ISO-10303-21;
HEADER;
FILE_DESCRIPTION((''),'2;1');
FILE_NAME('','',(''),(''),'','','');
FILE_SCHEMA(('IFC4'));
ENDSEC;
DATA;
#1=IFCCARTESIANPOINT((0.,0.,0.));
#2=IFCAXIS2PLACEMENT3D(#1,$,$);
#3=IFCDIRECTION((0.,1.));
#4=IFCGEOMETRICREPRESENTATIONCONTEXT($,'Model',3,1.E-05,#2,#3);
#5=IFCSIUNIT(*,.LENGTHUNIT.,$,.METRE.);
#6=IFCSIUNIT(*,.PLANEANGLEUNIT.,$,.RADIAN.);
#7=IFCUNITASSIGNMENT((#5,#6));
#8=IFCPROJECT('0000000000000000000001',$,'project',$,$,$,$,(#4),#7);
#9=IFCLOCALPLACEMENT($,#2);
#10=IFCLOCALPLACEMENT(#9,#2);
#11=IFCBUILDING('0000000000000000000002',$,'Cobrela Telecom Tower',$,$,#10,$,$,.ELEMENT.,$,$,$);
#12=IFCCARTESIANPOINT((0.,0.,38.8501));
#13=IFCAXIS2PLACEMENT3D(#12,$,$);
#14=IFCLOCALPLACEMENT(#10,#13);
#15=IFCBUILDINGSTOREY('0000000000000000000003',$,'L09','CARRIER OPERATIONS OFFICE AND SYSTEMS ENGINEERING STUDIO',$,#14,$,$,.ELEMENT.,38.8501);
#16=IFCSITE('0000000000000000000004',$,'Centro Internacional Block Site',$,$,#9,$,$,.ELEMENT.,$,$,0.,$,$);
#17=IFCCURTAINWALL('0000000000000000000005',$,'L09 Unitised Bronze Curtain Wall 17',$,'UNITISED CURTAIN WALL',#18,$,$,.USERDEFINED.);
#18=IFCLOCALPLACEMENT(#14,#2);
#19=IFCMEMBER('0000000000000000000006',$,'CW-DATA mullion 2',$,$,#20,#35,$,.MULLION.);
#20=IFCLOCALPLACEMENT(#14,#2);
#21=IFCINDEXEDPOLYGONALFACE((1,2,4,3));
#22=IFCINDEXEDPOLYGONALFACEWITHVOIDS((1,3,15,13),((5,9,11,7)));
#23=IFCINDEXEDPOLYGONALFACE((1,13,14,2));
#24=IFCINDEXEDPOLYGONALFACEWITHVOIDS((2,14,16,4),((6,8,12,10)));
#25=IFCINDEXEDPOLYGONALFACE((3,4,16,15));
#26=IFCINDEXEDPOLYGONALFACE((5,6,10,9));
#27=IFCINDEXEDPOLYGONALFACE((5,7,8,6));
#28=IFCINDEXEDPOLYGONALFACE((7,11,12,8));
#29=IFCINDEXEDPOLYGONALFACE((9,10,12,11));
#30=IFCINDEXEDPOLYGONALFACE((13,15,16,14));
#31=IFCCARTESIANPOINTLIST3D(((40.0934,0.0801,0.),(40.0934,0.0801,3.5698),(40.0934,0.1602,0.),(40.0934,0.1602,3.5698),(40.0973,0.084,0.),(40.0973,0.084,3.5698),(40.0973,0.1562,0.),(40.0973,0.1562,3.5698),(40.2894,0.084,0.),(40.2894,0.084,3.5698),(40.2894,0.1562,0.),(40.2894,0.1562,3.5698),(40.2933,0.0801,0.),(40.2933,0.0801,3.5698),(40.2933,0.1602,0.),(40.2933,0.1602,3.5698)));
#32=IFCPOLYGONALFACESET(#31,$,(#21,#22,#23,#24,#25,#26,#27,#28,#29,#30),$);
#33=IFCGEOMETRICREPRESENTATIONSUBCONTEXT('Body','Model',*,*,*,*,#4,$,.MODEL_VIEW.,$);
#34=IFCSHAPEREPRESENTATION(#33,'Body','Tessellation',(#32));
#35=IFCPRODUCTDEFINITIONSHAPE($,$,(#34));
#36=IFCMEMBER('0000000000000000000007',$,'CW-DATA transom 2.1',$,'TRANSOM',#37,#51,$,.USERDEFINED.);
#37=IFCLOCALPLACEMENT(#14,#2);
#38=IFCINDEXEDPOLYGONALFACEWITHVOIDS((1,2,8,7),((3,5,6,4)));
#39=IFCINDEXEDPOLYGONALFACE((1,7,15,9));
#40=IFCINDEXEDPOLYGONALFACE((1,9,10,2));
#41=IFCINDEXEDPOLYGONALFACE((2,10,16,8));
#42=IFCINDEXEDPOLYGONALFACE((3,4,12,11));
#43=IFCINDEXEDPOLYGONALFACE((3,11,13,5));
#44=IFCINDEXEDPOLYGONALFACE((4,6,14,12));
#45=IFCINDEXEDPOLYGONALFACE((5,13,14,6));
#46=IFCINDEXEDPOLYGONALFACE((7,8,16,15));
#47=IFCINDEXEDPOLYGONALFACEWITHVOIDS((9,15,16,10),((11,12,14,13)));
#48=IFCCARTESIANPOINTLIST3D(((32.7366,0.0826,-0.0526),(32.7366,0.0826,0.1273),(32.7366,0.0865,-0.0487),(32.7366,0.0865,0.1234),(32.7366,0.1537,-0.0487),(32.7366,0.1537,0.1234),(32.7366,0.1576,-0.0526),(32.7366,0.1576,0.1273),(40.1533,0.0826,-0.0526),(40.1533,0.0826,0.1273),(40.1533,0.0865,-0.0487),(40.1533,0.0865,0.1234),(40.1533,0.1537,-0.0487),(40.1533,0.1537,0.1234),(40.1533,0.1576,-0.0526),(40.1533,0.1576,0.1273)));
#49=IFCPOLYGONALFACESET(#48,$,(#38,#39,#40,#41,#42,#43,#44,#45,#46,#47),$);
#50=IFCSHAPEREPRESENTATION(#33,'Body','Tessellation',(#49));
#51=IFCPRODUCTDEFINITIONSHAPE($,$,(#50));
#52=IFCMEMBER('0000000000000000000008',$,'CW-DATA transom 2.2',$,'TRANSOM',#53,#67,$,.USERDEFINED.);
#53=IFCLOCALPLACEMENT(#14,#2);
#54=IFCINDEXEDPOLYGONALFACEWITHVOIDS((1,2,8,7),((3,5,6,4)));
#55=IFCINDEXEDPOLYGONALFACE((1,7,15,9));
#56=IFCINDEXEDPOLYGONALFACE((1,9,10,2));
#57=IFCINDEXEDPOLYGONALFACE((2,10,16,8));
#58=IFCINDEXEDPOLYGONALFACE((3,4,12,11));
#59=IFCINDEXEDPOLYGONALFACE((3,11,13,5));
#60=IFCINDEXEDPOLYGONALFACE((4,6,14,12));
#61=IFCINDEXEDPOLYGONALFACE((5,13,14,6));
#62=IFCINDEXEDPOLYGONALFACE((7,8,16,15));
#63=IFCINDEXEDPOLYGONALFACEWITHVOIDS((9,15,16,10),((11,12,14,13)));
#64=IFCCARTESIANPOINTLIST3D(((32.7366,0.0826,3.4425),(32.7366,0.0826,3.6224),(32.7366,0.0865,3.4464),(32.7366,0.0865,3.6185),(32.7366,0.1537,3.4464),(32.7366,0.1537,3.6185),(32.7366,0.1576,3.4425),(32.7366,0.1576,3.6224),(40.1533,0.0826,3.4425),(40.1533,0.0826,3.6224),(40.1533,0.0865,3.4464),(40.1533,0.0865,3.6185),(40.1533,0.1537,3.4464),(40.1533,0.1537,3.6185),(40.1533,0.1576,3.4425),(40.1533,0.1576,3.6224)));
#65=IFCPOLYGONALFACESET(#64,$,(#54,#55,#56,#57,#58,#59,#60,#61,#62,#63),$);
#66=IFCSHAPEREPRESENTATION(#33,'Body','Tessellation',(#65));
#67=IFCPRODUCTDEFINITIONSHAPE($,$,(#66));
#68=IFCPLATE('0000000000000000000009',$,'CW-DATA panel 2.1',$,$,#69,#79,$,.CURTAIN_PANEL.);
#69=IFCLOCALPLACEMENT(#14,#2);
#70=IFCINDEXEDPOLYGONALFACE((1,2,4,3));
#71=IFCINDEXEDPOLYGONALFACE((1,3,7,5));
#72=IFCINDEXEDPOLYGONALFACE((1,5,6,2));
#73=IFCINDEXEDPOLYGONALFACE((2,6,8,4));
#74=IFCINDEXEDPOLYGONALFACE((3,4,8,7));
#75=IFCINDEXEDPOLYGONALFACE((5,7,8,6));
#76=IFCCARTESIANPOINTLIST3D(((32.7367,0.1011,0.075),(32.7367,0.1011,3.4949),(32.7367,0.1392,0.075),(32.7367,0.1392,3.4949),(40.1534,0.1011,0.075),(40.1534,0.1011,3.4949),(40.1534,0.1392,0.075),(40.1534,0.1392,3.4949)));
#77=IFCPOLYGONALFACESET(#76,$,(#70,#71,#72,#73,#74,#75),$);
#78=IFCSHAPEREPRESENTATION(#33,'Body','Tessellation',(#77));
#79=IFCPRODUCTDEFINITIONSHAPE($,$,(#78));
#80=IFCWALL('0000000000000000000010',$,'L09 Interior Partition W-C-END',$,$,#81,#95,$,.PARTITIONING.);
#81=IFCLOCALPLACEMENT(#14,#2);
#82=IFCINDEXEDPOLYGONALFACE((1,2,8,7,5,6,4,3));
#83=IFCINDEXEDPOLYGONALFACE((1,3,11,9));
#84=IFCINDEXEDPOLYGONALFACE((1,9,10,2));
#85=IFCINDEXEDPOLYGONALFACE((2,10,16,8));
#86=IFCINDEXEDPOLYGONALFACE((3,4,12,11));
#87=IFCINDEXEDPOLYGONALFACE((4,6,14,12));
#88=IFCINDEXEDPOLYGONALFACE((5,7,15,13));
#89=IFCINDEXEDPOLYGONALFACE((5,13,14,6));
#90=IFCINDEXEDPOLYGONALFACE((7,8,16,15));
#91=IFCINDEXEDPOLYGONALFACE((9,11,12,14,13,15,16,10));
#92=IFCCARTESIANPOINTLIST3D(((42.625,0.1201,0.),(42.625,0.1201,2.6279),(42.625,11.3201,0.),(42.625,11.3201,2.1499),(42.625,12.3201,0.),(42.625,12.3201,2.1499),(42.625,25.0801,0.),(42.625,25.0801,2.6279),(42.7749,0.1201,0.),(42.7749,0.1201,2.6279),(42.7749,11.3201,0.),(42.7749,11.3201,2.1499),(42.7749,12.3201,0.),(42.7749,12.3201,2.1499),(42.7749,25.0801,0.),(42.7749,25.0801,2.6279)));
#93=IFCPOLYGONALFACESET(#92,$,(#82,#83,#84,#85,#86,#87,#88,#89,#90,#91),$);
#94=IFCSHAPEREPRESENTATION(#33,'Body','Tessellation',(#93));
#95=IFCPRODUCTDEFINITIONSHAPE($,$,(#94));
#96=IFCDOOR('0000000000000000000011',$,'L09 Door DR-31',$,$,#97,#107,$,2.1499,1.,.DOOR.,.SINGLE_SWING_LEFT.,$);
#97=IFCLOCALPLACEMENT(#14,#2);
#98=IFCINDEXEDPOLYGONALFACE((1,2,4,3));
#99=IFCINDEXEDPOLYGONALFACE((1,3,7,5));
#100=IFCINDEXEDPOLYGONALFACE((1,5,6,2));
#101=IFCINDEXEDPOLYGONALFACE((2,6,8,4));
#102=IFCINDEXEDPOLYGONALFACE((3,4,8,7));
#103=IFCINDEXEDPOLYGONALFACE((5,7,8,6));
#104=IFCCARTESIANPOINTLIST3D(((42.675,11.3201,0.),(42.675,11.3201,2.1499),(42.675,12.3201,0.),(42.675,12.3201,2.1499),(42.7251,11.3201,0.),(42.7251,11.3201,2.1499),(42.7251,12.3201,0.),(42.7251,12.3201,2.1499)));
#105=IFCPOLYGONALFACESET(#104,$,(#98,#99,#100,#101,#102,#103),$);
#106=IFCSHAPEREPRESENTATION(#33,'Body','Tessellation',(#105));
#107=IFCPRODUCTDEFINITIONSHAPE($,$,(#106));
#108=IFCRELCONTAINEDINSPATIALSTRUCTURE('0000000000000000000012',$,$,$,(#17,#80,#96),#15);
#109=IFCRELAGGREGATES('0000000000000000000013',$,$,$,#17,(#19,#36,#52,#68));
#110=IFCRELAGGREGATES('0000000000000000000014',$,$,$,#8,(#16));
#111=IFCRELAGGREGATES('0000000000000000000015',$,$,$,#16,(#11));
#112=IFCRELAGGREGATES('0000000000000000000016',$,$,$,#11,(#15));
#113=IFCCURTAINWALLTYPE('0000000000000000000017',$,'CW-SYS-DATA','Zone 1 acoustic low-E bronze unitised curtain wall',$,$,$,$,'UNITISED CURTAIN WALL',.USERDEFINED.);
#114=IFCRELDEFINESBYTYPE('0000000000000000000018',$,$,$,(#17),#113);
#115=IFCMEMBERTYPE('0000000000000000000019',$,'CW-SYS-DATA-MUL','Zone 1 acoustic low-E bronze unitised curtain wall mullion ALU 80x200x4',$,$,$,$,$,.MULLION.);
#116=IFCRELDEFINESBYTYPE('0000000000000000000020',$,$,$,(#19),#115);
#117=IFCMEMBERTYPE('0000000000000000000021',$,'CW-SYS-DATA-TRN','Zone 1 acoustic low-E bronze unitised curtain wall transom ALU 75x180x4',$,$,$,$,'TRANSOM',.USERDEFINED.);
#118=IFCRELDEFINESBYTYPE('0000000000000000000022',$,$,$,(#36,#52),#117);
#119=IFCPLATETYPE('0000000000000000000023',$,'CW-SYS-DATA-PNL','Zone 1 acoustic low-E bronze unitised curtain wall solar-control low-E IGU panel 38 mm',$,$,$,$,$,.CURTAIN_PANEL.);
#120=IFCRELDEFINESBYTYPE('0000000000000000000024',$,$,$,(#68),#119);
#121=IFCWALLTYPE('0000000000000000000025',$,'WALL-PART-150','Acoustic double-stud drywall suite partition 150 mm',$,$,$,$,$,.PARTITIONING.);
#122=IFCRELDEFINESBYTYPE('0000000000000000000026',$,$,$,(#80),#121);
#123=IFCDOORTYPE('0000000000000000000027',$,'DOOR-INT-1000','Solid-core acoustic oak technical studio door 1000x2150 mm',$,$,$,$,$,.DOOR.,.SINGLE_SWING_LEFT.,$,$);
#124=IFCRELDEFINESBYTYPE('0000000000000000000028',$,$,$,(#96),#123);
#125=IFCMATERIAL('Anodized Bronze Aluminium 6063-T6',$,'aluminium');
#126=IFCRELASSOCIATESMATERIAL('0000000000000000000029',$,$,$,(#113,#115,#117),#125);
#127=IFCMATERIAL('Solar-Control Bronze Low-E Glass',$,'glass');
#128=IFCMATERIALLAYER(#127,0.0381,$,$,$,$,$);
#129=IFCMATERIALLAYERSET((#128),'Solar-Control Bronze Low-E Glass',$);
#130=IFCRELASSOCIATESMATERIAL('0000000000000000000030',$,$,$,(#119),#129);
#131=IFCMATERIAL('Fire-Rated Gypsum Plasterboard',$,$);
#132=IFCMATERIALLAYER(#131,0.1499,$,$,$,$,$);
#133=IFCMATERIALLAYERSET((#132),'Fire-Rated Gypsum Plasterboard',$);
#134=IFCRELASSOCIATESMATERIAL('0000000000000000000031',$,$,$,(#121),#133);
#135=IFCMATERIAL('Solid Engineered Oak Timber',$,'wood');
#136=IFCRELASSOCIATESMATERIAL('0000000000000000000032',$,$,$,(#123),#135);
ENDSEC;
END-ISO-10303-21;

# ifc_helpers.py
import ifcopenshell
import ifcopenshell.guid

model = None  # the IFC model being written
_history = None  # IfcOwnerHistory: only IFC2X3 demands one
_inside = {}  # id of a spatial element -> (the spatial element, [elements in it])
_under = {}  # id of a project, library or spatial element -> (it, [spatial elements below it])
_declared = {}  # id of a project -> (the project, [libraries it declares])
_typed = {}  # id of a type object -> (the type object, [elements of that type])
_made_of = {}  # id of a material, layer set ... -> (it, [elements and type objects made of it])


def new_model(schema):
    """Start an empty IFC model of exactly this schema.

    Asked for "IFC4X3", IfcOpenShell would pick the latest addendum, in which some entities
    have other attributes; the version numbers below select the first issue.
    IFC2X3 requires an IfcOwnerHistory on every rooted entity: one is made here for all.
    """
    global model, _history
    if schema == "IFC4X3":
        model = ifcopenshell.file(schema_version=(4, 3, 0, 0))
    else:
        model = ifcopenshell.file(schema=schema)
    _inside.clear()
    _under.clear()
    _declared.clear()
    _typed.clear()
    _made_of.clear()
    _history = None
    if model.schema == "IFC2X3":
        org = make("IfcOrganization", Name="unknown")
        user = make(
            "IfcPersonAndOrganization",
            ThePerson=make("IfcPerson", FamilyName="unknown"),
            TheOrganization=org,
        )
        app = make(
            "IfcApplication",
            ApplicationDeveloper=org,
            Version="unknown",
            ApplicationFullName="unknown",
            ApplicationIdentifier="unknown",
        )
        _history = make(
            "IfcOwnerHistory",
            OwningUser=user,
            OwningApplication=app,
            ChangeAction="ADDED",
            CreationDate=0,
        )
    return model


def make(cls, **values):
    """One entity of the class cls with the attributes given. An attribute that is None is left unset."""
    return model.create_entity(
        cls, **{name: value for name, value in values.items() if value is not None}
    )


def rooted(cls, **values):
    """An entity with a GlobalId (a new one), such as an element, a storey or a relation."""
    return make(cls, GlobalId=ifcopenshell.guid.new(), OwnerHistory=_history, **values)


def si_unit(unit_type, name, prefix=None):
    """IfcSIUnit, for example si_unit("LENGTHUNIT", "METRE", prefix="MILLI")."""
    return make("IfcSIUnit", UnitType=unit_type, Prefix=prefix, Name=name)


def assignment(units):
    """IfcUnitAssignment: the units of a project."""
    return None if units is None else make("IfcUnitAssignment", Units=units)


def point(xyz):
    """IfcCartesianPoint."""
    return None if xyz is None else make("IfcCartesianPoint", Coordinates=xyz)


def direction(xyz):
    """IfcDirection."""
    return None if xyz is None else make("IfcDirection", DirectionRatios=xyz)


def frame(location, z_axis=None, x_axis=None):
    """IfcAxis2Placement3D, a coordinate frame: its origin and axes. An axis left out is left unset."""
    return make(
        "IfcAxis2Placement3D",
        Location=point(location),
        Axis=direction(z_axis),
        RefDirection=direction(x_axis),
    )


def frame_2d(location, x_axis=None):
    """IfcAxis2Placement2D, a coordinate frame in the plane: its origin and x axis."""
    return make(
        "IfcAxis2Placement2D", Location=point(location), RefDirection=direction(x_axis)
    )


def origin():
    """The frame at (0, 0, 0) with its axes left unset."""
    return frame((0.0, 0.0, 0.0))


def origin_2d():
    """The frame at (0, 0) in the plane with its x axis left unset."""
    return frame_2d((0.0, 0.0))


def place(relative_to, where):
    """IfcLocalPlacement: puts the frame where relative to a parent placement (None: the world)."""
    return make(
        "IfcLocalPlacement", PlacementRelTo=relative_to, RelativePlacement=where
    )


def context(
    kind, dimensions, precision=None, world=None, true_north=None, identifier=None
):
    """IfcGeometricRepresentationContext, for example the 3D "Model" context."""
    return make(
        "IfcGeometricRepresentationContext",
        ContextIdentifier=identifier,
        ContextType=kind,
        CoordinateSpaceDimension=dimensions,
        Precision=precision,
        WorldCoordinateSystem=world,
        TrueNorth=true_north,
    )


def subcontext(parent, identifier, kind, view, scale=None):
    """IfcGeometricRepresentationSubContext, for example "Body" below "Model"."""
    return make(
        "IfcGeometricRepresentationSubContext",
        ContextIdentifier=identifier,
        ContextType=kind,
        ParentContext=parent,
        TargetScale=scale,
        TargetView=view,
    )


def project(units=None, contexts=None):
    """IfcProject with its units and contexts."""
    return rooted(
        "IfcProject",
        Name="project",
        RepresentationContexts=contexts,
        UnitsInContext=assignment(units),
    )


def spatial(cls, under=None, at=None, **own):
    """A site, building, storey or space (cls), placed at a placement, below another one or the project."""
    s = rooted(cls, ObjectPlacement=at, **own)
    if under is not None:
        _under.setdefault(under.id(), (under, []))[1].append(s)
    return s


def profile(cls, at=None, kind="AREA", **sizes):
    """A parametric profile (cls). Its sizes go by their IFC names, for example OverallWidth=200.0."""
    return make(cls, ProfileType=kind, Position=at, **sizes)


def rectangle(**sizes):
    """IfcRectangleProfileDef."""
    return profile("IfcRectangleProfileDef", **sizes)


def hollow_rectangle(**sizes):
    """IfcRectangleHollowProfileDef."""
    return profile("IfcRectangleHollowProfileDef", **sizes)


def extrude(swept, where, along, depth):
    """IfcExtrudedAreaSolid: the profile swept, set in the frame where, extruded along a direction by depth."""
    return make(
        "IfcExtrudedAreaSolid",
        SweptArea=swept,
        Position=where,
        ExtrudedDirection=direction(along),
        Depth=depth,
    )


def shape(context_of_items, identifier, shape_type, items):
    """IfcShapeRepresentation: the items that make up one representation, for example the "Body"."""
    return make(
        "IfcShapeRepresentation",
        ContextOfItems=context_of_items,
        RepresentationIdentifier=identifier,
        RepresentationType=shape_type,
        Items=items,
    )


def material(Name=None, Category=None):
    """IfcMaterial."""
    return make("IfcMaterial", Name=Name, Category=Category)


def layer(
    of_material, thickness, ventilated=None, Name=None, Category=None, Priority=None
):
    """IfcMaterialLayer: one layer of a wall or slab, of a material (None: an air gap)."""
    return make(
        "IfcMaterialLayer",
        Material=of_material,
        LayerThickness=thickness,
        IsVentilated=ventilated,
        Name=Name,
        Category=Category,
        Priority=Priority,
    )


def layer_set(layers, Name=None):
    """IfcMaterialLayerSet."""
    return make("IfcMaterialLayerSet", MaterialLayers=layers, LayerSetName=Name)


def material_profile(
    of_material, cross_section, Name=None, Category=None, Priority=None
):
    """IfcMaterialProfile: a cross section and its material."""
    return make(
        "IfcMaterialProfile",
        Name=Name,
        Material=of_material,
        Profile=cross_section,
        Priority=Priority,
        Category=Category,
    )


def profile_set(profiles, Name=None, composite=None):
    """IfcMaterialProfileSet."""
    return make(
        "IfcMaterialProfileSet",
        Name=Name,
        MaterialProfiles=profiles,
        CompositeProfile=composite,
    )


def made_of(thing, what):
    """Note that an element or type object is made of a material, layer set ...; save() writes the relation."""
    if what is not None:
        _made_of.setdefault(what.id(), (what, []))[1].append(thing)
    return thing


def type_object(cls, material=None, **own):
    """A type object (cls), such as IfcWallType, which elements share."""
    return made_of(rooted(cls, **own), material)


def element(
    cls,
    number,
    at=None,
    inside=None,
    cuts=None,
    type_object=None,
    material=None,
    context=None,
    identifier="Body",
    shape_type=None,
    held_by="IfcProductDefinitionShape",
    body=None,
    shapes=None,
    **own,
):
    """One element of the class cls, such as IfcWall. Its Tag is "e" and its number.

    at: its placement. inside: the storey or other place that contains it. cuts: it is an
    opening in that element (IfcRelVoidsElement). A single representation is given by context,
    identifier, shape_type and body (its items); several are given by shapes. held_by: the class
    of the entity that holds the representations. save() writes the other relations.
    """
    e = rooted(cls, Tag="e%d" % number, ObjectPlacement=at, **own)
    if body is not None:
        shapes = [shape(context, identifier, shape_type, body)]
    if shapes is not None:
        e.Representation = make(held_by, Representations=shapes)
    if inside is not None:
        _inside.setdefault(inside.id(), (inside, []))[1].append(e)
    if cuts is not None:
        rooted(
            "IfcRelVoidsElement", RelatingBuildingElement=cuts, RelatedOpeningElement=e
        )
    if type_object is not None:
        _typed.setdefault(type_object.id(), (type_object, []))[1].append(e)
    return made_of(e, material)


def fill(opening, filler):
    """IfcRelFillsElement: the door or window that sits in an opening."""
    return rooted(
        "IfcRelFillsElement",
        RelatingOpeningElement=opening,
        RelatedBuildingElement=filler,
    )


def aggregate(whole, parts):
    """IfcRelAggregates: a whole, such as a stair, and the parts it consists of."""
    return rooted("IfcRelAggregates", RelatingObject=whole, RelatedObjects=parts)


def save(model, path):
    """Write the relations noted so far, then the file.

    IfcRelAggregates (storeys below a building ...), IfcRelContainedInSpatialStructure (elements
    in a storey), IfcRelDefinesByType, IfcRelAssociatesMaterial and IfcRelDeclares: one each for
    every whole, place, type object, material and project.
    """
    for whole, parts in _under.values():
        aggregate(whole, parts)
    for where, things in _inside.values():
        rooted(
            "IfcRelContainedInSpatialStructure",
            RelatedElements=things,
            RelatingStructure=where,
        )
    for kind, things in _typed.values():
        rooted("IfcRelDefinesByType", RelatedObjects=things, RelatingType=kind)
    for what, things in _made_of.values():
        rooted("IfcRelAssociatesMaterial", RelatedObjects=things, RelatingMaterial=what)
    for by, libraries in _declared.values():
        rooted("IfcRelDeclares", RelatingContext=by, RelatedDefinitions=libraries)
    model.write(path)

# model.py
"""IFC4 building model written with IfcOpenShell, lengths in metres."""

from ifc_helpers import new_model, si_unit, direction, frame, frame_2d, origin, origin_2d, place, context, subcontext, project, spatial, rectangle, hollow_rectangle, extrude, material, layer, layer_set, material_profile, profile_set, type_object, element, fill, aggregate, save


model = new_model("IFC4")

# Units and contexts
model_context = context("Model", 3, precision=1e-05, world=origin(), true_north=direction((0.0, 1.0)))
body_context = subcontext(model_context, "Body", "Model", "MODEL_VIEW")
ifc_project = project(units=[si_unit("LENGTHUNIT", "METRE"), si_unit("PLANEANGLEUNIT", "RADIAN")], contexts=[model_context])

# Site, building, storey
site_placement = place(None, origin())
site = spatial("IfcSite", under=ifc_project, at=site_placement, Name="Centro Internacional Block Site", CompositionType="ELEMENT", RefElevation=0.0)
building_placement = place(site_placement, origin())
building = spatial("IfcBuilding", under=site, at=building_placement, Name="Cobrela Telecom Tower", CompositionType="ELEMENT")
storey_placement = place(building_placement, frame((0.0, 0.0, 38.8501)))
storey = spatial("IfcBuildingStorey", under=building, at=storey_placement, Name="L09", Description="CARRIER OPERATIONS OFFICE AND SYSTEMS ENGINEERING STUDIO", CompositionType="ELEMENT", Elevation=38.8501)

# Curtain wall, members, plate
ifc_material_1 = material(Name="Anodized Bronze Aluminium 6063-T6", Category="aluminium")
curtain_wall_type = type_object("IfcCurtainWallType", Name="CW-SYS-DATA", Description="Zone 1 acoustic low-E bronze unitised curtain wall", ElementType="UNITISED CURTAIN WALL", PredefinedType="USERDEFINED", material=ifc_material_1)
curtain_wall_placement = place(storey_placement, origin())
curtain_wall = element("IfcCurtainWall", 1, at=curtain_wall_placement, inside=storey, type_object=curtain_wall_type, Name="L09 Unitised Bronze Curtain Wall 17", ObjectType="UNITISED CURTAIN WALL", PredefinedType="USERDEFINED")
ifc_material_profile_1 = material_profile(ifc_material_1, hollow_rectangle(XDim=0.0801, YDim=0.2, WallThickness=0.0039, at=origin_2d()), Name="ALU 80x200x4")
ifc_profile_set_1 = profile_set([ifc_material_profile_1], Name="Anodized Bronze Aluminium 6063-T6")
member_type_1 = type_object("IfcMemberType", Name="CW-SYS-DATA-MUL", Description="Zone 1 acoustic low-E bronze unitised curtain wall mullion ALU 80x200x4", PredefinedType="MULLION", material=ifc_profile_set_1)
member_1_placement = place(storey_placement, frame((40.1934, 0.1201, 0.0), z_axis=(0.0, 0.0, 1.0), x_axis=(0.0, -1.0, 0.0)))
member_1 = element("IfcMember", 2, at=member_1_placement, type_object=member_type_1, Name="CW-DATA mullion 2", PredefinedType="MULLION", context=body_context, shape_type="SweptSolid", body=[
    extrude(hollow_rectangle(XDim=0.0801, YDim=0.2, WallThickness=0.0039, at=origin_2d()), origin(), (0.0, 0.0, 1.0), 3.5698),
])
ifc_material_profile_2 = material_profile(ifc_material_1, hollow_rectangle(XDim=0.075, YDim=0.1799, WallThickness=0.0039, at=origin_2d()), Name="ALU 75x180x4")
ifc_profile_set_2 = profile_set([ifc_material_profile_2], Name="Anodized Bronze Aluminium 6063-T6")
member_type_2 = type_object("IfcMemberType", Name="CW-SYS-DATA-TRN", Description="Zone 1 acoustic low-E bronze unitised curtain wall transom ALU 75x180x4", ElementType="TRANSOM", PredefinedType="USERDEFINED", material=ifc_profile_set_2)
member_2_placement = place(storey_placement, frame((40.1533, 0.1201, 0.0374), z_axis=(-1.0, 0.0, 0.0), x_axis=(0.0, -1.0, 0.0)))
member_2 = element("IfcMember", 3, at=member_2_placement, type_object=member_type_2, Name="CW-DATA transom 2.1", ObjectType="TRANSOM", PredefinedType="USERDEFINED", context=body_context, shape_type="SweptSolid", body=[
    extrude(hollow_rectangle(XDim=0.075, YDim=0.1799, WallThickness=0.0039, at=origin_2d()), origin(), (0.0, 0.0, 1.0), 7.4167),
])
member_3_placement = place(storey_placement, frame((40.1533, 0.1201, 3.5325), z_axis=(-1.0, 0.0, 0.0), x_axis=(0.0, -1.0, 0.0)))
member_3 = element("IfcMember", 4, at=member_3_placement, type_object=member_type_2, Name="CW-DATA transom 2.2", ObjectType="TRANSOM", PredefinedType="USERDEFINED", context=body_context, shape_type="SweptSolid", body=[
    extrude(hollow_rectangle(XDim=0.075, YDim=0.1799, WallThickness=0.0039, at=origin_2d()), origin(), (0.0, 0.0, 1.0), 7.4167),
])
ifc_material_2 = material(Name="Solar-Control Bronze Low-E Glass", Category="glass")
ifc_layer_1 = layer(ifc_material_2, 0.0381)
ifc_layer_set_1 = layer_set([ifc_layer_1], Name="Solar-Control Bronze Low-E Glass")
plate_type = type_object("IfcPlateType", Name="CW-SYS-DATA-PNL", Description="Zone 1 acoustic low-E bronze unitised curtain wall solar-control low-E IGU panel 38 mm", PredefinedType="CURTAIN_PANEL", material=ifc_layer_set_1)
plate_placement = place(storey_placement, frame((36.4451, 0.1201, 0.075), z_axis=(0.0, 0.0, 1.0), x_axis=(-1.0, 0.0, 0.0)))
plate = element("IfcPlate", 5, at=plate_placement, type_object=plate_type, Name="CW-DATA panel 2.1", PredefinedType="CURTAIN_PANEL", context=body_context, shape_type="SweptSolid", body=[
    extrude(rectangle(XDim=7.4167, YDim=0.0381, at=origin_2d()), origin(), (0.0, 0.0, 1.0), 3.4199),
])
aggregate(curtain_wall, [member_1, member_2, member_3, plate])

# Wall, opening, door
ifc_material_3 = material(Name="Fire-Rated Gypsum Plasterboard")
ifc_layer_2 = layer(ifc_material_3, 0.1499)
ifc_layer_set_2 = layer_set([ifc_layer_2], Name="Fire-Rated Gypsum Plasterboard")
wall_type = type_object("IfcWallType", Name="WALL-PART-150", Description="Acoustic double-stud drywall suite partition 150 mm", PredefinedType="PARTITIONING", material=ifc_layer_set_2)
wall_placement = place(storey_placement, frame((42.7, 0.1201, 0.0), z_axis=(0.0, 0.0, 1.0), x_axis=(0.0, 1.0, 0.0)))
wall = element("IfcWall", 6, at=wall_placement, inside=storey, type_object=wall_type, Name="L09 Interior Partition W-C-END", PredefinedType="PARTITIONING", context=body_context, shape_type="SweptSolid", body=[
    extrude(rectangle(XDim=24.96, YDim=0.1499, at=frame_2d((12.48, 0.0))), origin(), (0.0, 0.0, 1.0), 2.6279),
])
opening_placement = place(wall_placement, frame((11.2, 0.0, 0.0)))
opening = element("IfcOpeningElement", 7, at=opening_placement, cuts=wall, PredefinedType="OPENING", context=body_context, shape_type="SweptSolid", body=[
    extrude(rectangle(XDim=1.0, YDim=2.1499, at=frame_2d((0.5, 1.075))), frame((0.0, 0.0869, 0.0), z_axis=(0.0, -1.0, 0.0), x_axis=(1.0, 0.0, 0.0)), (0.0, 0.0, 1.0), 0.1738),
])
ifc_material_4 = material(Name="Solid Engineered Oak Timber", Category="wood")
door_type = type_object("IfcDoorType", Name="DOOR-INT-1000", Description="Solid-core acoustic oak technical studio door 1000x2150 mm", OperationType="SINGLE_SWING_LEFT", PredefinedType="DOOR", material=ifc_material_4)
door_placement = place(opening_placement, origin())
door = element("IfcDoor", 8, at=door_placement, inside=storey, type_object=door_type, Name="L09 Door DR-31", OperationType="SINGLE_SWING_LEFT", OverallHeight=2.1499, OverallWidth=1.0, PredefinedType="DOOR", context=body_context, shape_type="SweptSolid", body=[
    extrude(rectangle(XDim=1.0, YDim=2.1499, at=frame_2d((0.5, 1.075))), frame((0.0, 0.0249, 0.0), z_axis=(0.0, -1.0, 0.0), x_axis=(1.0, 0.0, 0.0)), (0.0, 0.0, 1.0), 0.05),
])
fill(opening, door)

save(model, "model.ifc")
